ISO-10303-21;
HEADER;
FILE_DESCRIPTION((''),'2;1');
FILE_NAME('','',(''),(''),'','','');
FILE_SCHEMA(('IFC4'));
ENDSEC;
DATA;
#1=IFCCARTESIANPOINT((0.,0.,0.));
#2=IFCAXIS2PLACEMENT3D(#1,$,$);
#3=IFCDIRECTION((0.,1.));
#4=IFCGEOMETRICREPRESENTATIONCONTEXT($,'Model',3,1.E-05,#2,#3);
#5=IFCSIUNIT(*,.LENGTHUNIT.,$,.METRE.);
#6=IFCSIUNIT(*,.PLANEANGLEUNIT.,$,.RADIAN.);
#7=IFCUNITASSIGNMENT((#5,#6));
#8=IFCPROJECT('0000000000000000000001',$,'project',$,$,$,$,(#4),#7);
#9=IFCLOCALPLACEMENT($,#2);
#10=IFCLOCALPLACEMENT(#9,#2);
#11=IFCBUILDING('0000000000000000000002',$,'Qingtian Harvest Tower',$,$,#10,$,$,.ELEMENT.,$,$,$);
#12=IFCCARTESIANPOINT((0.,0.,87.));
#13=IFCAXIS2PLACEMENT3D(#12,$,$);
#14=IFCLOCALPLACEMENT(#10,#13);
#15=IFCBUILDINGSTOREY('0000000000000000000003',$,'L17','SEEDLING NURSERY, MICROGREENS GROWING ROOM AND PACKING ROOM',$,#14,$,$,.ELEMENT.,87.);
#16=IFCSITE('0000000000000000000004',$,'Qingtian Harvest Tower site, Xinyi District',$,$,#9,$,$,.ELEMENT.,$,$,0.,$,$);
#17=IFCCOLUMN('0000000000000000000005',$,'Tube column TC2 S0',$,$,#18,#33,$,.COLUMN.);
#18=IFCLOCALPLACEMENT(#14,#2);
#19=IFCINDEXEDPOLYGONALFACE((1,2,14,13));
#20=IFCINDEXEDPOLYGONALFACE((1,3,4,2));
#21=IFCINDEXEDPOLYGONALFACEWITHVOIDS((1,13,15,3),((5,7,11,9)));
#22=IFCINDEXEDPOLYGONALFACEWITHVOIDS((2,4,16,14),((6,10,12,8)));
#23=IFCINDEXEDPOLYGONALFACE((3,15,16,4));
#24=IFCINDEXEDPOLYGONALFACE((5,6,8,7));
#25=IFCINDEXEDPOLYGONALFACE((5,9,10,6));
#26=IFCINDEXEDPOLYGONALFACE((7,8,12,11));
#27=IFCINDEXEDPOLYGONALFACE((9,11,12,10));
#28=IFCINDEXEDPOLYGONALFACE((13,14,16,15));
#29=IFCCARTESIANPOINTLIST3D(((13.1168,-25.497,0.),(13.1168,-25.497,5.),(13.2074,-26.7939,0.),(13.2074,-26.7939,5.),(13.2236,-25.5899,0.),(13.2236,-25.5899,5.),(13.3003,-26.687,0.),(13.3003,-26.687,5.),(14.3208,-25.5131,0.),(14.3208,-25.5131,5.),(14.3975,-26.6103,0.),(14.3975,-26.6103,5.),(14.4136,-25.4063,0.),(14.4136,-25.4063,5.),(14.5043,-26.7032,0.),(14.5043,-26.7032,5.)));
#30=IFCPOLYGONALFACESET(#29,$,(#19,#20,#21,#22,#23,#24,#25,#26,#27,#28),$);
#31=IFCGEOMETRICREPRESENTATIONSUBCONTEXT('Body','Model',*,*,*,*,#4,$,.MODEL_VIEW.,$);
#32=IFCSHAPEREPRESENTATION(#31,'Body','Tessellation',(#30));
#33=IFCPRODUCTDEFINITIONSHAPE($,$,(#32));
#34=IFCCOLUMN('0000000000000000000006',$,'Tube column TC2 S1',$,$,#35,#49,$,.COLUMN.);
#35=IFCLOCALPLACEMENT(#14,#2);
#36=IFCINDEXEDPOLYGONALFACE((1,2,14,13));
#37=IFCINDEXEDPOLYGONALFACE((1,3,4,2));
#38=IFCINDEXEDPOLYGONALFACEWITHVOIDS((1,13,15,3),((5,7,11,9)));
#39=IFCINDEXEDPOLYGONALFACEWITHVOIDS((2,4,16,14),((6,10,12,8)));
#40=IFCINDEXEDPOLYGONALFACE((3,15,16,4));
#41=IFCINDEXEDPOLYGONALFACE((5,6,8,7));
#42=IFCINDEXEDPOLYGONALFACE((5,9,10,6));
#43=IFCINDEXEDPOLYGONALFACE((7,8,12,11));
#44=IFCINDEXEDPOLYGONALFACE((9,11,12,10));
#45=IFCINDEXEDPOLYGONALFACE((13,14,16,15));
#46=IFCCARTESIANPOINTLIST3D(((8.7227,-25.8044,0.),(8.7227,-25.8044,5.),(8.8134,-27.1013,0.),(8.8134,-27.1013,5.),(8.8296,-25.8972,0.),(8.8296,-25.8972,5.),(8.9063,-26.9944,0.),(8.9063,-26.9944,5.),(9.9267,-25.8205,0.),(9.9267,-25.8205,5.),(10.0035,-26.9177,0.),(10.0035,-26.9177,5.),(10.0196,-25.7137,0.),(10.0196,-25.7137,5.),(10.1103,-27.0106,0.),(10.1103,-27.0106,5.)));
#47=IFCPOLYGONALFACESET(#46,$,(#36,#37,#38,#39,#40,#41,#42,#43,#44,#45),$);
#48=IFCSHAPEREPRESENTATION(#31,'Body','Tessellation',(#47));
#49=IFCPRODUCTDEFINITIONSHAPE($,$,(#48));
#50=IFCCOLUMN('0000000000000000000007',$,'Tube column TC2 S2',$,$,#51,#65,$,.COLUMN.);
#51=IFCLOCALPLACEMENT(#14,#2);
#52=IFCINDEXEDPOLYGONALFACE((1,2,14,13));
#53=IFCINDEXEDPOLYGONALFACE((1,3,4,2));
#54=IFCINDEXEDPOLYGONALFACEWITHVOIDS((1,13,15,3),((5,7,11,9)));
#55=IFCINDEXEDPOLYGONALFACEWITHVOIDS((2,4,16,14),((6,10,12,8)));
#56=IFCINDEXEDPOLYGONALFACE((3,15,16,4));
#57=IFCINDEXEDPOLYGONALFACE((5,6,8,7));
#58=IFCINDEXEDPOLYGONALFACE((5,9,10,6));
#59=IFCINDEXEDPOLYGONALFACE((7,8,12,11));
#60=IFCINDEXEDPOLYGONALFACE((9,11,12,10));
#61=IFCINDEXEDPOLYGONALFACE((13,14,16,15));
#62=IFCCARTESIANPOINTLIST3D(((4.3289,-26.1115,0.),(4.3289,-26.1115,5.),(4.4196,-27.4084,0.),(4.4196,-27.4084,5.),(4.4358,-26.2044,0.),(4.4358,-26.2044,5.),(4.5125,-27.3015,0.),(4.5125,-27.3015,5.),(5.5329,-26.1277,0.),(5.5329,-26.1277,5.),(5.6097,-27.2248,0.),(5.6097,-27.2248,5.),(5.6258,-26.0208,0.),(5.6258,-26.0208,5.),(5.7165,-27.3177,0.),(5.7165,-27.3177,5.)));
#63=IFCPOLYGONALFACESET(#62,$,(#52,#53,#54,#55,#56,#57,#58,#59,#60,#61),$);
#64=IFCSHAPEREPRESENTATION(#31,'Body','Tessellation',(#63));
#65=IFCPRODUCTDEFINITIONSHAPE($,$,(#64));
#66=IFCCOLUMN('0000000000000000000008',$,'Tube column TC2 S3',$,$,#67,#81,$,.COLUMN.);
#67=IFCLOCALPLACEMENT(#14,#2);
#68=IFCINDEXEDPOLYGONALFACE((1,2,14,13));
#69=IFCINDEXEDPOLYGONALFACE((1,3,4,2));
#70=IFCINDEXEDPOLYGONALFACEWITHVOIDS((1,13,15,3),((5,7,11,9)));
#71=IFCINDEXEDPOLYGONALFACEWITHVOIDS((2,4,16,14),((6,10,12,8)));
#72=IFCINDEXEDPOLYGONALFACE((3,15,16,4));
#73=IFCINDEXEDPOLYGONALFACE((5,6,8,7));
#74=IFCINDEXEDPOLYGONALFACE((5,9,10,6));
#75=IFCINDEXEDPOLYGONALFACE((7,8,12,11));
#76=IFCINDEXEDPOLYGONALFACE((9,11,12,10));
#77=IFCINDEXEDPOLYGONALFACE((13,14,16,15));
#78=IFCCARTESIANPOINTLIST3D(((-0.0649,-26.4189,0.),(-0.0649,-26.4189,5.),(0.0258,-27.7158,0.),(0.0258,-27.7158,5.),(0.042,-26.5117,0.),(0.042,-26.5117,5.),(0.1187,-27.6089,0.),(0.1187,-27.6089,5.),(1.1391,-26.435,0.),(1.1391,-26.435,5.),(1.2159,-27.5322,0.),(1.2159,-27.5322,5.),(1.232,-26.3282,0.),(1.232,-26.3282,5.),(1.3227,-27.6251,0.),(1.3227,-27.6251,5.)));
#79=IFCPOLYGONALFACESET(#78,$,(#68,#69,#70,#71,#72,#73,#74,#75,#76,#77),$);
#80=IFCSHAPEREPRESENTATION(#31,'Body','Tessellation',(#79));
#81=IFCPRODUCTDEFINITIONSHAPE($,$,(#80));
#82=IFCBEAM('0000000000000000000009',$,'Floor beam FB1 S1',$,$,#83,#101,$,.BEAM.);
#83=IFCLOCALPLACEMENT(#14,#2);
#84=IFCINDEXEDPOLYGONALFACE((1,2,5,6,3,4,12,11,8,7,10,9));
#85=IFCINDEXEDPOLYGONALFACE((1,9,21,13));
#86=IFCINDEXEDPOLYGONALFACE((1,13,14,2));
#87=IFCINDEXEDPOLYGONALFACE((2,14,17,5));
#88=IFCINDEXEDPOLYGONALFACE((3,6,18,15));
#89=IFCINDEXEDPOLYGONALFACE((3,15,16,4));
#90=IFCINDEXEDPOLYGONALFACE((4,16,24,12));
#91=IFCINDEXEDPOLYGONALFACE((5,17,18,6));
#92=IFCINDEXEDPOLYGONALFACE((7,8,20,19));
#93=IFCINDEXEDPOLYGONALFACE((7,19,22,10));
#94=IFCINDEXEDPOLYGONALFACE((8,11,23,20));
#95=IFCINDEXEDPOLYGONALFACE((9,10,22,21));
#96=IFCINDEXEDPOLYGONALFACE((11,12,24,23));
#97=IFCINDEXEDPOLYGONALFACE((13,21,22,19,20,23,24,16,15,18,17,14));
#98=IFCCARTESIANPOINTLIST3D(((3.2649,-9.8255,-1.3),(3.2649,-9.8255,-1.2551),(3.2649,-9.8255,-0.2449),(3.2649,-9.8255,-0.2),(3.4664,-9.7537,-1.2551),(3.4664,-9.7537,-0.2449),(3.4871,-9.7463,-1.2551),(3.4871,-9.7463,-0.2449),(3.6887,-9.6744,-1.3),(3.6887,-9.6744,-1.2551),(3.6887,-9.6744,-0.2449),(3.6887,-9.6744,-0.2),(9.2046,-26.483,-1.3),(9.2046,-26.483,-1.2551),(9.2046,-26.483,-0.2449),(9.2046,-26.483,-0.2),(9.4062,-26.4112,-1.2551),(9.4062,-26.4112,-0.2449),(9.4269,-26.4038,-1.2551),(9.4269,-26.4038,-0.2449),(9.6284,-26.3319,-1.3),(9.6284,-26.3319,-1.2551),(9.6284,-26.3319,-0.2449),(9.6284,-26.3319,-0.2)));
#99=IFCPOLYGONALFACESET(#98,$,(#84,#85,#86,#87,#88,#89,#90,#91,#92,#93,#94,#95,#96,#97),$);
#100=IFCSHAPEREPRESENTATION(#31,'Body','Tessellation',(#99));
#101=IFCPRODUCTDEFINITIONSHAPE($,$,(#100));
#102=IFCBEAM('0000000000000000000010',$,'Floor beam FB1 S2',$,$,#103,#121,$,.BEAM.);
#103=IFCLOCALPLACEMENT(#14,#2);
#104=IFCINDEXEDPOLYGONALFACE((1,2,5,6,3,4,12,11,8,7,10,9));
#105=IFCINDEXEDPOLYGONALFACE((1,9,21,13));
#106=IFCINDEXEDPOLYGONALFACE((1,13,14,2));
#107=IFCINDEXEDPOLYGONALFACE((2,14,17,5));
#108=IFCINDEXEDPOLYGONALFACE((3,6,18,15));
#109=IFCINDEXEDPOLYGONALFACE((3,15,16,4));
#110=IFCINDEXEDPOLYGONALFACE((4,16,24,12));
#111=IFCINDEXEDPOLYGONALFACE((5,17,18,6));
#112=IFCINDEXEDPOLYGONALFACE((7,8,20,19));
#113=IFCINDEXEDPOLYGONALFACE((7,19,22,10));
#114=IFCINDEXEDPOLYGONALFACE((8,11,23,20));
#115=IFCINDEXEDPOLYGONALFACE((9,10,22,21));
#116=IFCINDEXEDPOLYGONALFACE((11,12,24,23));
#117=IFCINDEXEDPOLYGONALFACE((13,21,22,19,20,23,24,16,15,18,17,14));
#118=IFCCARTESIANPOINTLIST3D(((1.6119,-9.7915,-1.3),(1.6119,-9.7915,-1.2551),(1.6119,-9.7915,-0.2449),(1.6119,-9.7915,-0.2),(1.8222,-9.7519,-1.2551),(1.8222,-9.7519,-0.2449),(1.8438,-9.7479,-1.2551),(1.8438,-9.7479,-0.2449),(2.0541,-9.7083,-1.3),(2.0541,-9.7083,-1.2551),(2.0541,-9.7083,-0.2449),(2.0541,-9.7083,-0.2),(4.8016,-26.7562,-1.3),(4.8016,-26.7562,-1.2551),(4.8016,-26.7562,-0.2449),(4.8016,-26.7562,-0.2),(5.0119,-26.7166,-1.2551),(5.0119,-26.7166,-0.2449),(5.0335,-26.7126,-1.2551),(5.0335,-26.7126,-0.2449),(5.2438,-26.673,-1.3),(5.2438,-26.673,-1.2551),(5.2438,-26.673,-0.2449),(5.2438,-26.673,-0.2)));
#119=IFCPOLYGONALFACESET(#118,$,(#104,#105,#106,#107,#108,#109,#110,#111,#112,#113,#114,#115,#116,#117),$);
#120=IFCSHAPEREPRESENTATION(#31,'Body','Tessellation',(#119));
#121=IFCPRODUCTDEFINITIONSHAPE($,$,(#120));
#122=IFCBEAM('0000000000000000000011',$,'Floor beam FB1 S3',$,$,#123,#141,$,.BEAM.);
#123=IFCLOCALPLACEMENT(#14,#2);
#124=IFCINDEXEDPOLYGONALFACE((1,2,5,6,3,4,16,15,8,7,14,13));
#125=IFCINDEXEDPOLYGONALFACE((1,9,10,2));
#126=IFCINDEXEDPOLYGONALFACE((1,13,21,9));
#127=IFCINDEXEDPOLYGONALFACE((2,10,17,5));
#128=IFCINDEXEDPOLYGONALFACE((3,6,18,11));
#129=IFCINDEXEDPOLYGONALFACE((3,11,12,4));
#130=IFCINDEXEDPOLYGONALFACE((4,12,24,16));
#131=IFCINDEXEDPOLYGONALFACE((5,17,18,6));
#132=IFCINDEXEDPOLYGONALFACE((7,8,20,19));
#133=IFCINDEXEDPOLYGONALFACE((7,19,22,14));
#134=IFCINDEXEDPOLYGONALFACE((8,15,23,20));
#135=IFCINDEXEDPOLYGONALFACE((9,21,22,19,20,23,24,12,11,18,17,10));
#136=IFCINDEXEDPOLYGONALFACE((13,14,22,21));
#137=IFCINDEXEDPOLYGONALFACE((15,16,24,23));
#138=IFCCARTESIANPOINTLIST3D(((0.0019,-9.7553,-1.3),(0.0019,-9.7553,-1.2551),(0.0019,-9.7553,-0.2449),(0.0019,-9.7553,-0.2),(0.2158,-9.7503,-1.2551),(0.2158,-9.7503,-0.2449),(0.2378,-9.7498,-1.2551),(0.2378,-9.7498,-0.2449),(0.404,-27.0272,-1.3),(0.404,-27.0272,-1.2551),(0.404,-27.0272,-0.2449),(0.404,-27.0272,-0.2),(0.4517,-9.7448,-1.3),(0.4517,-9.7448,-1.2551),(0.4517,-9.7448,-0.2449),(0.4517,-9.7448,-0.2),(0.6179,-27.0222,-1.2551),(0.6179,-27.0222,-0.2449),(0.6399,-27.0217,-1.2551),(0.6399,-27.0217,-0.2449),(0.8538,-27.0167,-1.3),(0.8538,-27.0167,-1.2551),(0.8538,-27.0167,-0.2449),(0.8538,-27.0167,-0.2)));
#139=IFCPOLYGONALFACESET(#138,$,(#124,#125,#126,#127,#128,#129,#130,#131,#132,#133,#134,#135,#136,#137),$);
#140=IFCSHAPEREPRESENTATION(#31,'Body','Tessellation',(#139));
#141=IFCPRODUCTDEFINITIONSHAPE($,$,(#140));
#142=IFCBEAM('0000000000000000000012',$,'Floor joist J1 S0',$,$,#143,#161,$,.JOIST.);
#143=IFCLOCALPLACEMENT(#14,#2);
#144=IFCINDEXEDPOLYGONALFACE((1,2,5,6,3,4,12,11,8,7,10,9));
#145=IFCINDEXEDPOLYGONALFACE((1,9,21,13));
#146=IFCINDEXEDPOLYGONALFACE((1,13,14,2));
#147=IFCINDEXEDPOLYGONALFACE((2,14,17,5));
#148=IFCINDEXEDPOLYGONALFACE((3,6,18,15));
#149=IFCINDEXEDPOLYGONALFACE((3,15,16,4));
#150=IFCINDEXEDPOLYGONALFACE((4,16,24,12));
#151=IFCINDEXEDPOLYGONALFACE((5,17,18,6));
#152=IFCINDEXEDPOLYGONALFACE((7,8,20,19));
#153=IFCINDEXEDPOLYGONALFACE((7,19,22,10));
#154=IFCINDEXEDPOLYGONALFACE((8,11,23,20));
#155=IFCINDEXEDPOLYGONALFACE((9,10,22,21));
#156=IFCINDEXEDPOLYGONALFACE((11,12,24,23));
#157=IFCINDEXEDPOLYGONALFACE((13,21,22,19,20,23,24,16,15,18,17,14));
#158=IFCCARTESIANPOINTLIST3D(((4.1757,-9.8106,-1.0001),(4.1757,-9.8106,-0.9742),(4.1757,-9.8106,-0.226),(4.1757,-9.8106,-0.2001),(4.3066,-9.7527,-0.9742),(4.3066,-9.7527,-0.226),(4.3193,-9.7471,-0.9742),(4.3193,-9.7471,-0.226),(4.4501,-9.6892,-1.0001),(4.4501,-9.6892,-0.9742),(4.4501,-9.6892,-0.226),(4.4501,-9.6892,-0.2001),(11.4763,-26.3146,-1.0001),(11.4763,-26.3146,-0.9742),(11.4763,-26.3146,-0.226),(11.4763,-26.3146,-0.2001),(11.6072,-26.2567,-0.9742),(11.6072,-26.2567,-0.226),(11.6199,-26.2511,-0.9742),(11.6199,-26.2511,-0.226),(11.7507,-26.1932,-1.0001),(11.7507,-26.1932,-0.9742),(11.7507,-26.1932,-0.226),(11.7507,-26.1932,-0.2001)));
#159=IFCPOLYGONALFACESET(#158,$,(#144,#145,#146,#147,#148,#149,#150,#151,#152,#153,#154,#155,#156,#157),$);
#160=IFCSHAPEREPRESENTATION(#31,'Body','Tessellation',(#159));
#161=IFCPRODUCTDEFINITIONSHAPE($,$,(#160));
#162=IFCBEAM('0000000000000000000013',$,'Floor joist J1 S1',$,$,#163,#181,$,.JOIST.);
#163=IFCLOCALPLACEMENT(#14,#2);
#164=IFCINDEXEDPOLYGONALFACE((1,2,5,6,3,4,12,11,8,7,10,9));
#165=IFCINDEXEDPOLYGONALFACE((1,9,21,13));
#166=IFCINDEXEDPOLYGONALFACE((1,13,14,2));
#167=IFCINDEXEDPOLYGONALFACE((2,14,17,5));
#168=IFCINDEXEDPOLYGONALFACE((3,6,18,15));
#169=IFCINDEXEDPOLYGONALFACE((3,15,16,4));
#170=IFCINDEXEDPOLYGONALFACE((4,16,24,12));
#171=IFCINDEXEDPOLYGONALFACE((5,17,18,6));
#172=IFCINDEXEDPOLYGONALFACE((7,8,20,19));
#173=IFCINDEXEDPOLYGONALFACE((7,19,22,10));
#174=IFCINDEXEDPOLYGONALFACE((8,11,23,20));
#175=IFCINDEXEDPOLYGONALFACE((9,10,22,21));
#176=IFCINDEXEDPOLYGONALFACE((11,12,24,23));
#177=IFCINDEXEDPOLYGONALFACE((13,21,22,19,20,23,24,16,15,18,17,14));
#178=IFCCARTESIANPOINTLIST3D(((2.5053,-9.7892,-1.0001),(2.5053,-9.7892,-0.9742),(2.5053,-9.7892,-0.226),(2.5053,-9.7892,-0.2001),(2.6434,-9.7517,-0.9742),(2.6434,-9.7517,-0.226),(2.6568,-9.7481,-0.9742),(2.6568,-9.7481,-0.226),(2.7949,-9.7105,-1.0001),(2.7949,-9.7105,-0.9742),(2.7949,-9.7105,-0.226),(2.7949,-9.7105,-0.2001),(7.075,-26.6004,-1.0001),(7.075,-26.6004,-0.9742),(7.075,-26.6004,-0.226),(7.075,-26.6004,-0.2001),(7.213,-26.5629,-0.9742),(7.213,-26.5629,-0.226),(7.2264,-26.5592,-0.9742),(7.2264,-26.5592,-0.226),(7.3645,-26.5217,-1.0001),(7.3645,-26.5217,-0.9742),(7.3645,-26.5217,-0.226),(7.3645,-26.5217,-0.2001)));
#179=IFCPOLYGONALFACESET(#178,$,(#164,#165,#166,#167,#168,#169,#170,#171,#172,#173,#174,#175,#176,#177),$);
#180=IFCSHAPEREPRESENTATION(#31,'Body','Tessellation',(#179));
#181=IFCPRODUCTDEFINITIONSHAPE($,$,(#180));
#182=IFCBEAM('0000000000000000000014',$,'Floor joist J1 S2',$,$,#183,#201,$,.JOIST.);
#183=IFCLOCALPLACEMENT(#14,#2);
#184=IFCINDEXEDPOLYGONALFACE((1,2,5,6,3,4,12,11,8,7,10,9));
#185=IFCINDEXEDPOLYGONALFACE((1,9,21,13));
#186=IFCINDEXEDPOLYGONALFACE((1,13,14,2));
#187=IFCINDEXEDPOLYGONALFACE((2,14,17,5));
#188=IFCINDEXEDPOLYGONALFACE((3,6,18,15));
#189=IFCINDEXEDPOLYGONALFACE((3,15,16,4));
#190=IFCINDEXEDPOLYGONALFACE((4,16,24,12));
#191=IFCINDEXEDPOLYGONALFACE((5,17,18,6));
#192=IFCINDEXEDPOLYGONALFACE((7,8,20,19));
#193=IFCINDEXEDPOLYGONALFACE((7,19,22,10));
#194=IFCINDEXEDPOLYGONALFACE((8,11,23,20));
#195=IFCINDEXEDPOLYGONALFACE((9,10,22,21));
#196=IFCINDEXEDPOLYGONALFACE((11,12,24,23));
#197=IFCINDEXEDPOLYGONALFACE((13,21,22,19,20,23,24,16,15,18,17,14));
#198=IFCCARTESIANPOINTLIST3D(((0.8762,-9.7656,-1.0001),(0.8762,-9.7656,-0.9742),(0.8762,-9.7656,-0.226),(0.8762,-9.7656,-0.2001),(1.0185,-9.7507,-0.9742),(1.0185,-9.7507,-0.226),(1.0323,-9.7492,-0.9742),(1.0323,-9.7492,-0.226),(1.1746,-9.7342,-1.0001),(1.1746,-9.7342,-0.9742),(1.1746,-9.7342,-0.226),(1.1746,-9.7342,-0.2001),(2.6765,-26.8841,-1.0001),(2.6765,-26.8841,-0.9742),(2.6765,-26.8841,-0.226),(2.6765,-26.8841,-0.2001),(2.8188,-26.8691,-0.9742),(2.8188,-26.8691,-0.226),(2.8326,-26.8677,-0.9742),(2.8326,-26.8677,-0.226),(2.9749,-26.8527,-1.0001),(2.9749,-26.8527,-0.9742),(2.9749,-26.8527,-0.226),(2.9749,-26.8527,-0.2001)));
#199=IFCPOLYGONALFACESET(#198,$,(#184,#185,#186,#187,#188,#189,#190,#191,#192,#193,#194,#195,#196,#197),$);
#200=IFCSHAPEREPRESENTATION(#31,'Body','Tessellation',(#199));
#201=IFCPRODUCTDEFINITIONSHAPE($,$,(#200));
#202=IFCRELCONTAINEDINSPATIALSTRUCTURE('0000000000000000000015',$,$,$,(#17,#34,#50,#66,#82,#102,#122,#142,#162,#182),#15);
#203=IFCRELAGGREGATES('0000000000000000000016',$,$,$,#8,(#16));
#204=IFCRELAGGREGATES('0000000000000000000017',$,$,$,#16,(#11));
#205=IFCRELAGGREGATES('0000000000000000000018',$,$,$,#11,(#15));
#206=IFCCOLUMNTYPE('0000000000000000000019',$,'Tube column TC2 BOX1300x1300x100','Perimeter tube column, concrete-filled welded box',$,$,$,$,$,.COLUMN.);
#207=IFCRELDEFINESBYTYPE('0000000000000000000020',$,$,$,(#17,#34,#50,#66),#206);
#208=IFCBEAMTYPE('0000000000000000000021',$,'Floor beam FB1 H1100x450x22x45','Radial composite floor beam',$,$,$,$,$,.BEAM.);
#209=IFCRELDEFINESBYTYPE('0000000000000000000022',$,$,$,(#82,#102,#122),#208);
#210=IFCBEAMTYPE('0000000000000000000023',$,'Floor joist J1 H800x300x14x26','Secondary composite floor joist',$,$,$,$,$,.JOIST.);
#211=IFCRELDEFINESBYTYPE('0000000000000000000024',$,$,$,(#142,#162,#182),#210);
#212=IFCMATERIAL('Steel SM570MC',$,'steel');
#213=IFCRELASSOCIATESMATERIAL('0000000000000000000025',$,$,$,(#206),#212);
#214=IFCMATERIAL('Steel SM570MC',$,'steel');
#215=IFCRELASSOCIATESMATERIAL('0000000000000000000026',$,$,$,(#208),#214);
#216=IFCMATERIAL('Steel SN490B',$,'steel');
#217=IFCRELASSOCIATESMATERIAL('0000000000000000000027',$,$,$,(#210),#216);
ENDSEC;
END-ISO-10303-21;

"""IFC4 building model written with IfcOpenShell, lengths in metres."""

from ifc_helpers import new_model, si_unit, direction, frame, origin, origin_2d, place, context, subcontext, project, spatial, hollow_rectangle, i_section, extrude, material, material_profile, profile_set, type_object, element, save


model = new_model("IFC4")

# Units and contexts
model_context = context("Model", 3, precision=1e-05, world=origin(), true_north=direction((0.0, 1.0)))
body_context = subcontext(model_context, "Body", "Model", "MODEL_VIEW")
ifc_project = project(units=[si_unit("LENGTHUNIT", "METRE"), si_unit("PLANEANGLEUNIT", "RADIAN")], contexts=[model_context])

# Site, building, storey
site_placement = place(None, origin())
site = spatial("IfcSite", under=ifc_project, at=site_placement, Name="Qingtian Harvest Tower site, Xinyi District", CompositionType="ELEMENT", RefElevation=0.0)
building_placement = place(site_placement, origin())
building = spatial("IfcBuilding", under=site, at=building_placement, Name="Qingtian Harvest Tower", CompositionType="ELEMENT")
storey_placement = place(building_placement, frame((0.0, 0.0, 87.0)))
storey = spatial("IfcBuildingStorey", under=building, at=storey_placement, Name="L17", Description="SEEDLING NURSERY, MICROGREENS GROWING ROOM AND PACKING ROOM", CompositionType="ELEMENT", Elevation=87.0)

# Columns
ifc_material_1 = material(Name="Steel SM570MC", Category="steel")
ifc_material_profile_1 = material_profile(ifc_material_1, hollow_rectangle(XDim=1.3, YDim=1.3, WallThickness=0.1001, at=origin_2d()), Name="BOX1300x1300x100")
ifc_profile_set_1 = profile_set([ifc_material_profile_1], Name="Steel SM570MC")
column_type = type_object("IfcColumnType", Name="Tube column TC2 BOX1300x1300x100", Description="Perimeter tube column, concrete-filled welded box", PredefinedType="COLUMN", material=ifc_profile_set_1)
for number, where, z_axis, x_axis, name in (
    (1, (13.8105, -26.1001, 0.0), (0.0, 0.0, 1.0), (0.997564, 0.069756, 0.0), "Tube column TC2 S0"),
    (2, (9.4165, -26.4075, 0.0), (0.0, 0.0, 1.0), (0.997564, 0.069756, 0.0), "Tube column TC2 S1"),
    (3, (5.0227, -26.7146, 0.0), (0.0, 0.0, 1.0), (0.997564, 0.069756, 0.0), "Tube column TC2 S2"),
    (4, (0.6289, -27.022, 0.0), (0.0, 0.0, 1.0), (0.997564, 0.069756, 0.0), "Tube column TC2 S3"),
):
    element("IfcColumn", number, at=place(storey_placement, frame(where, z_axis=z_axis, x_axis=x_axis)), inside=storey, type_object=column_type, Name=name, PredefinedType="COLUMN", context=body_context, shape_type="SweptSolid", body=[
        extrude(hollow_rectangle(XDim=1.3, YDim=1.3, WallThickness=0.1001, at=origin_2d()), origin(), (0.0, 0.0, 1.0), 5.0),
    ])

# Beams
ifc_material_2 = material(Name="Steel SM570MC", Category="steel")
ifc_material_profile_2 = material_profile(ifc_material_2, i_section(OverallWidth=0.45, OverallDepth=1.1001, WebThickness=0.022, FlangeThickness=0.0449, at=origin_2d()), Name="H1100x450x22x45")
ifc_profile_set_2 = profile_set([ifc_material_profile_2], Name="Steel SM570MC")
beam_type_1 = type_object("IfcBeamType", Name="Floor beam FB1 H1100x450x22x45", Description="Radial composite floor beam", PredefinedType="BEAM", material=ifc_profile_set_2)
beam_1_placement = place(storey_placement, frame((9.4165, -26.4075, -0.75), z_axis=(-0.335865, 0.94191, 0.0), x_axis=(-0.94191, -0.335865, 0.0)))
element("IfcBeam", 5, at=beam_1_placement, inside=storey, type_object=beam_type_1, Name="Floor beam FB1 S1", PredefinedType="BEAM", context=body_context, shape_type="SweptSolid", body=[
    extrude(i_section(OverallWidth=0.45, OverallDepth=1.1001, WebThickness=0.022, FlangeThickness=0.0449, at=origin_2d()), origin(), (0.0, 0.0, 1.0), 17.6848),
])
beam_2_placement = place(storey_placement, frame((5.0227, -26.7146, -0.75), z_axis=(-0.184783, 0.982779, 0.0), x_axis=(-0.982779, -0.184783, 0.0)))
element("IfcBeam", 6, at=beam_2_placement, inside=storey, type_object=beam_type_1, Name="Floor beam FB1 S2", PredefinedType="BEAM", context=body_context, shape_type="SweptSolid", body=[
    extrude(i_section(OverallWidth=0.45, OverallDepth=1.1001, WebThickness=0.022, FlangeThickness=0.0449, at=origin_2d()), origin(), (0.0, 0.0, 1.0), 17.262),
])
beam_3_placement = place(storey_placement, frame((0.6289, -27.022, -0.75), z_axis=(-0.023274, 0.999729, 0.0), x_axis=(-0.999729, -0.023274, 0.0)))
element("IfcBeam", 7, at=beam_3_placement, inside=storey, type_object=beam_type_1, Name="Floor beam FB1 S3", PredefinedType="BEAM", context=body_context, shape_type="SweptSolid", body=[
    extrude(i_section(OverallWidth=0.45, OverallDepth=1.1001, WebThickness=0.022, FlangeThickness=0.0449, at=origin_2d()), origin(), (0.0, 0.0, 1.0), 17.2766),
])
ifc_material_3 = material(Name="Steel SN490B", Category="steel")
ifc_material_profile_3 = material_profile(ifc_material_3, i_section(OverallWidth=0.3, OverallDepth=0.8, WebThickness=0.0139, FlangeThickness=0.0259, at=origin_2d()), Name="H800x300x14x26")
ifc_profile_set_3 = profile_set([ifc_material_profile_3], Name="Steel SN490B")
beam_type_2 = type_object("IfcBeamType", Name="Floor joist J1 H800x300x14x26", Description="Secondary composite floor joist", PredefinedType="JOIST", material=ifc_profile_set_3)
beam_4_placement = place(storey_placement, frame((11.6135, -26.2539, -0.6001), z_axis=(-0.40454, 0.91452, 0.0), x_axis=(-0.91452, -0.40454, 0.0)))
element("IfcBeam", 8, at=beam_4_placement, inside=storey, type_object=beam_type_2, Name="Floor joist J1 S0", PredefinedType="JOIST", context=body_context, shape_type="SweptSolid", body=[
    extrude(i_section(OverallWidth=0.3, OverallDepth=0.8, WebThickness=0.0139, FlangeThickness=0.0259, at=origin_2d()), origin(), (0.0, 0.0, 1.0), 18.0466),
])
beam_5_placement = place(storey_placement, frame((7.2197, -26.561, -0.6001), z_axis=(-0.262303, 0.964986, 0.0), x_axis=(-0.964986, -0.262303, 0.0)))
element("IfcBeam", 9, at=beam_5_placement, inside=storey, type_object=beam_type_2, Name="Floor joist J1 S1", PredefinedType="JOIST", context=body_context, shape_type="SweptSolid", body=[
    extrude(i_section(OverallWidth=0.3, OverallDepth=0.8, WebThickness=0.0139, FlangeThickness=0.0259, at=origin_2d()), origin(), (0.0, 0.0, 1.0), 17.4211),
])
beam_6_placement = place(storey_placement, frame((2.8257, -26.8684, -0.6001), z_axis=(-0.10459, 0.994515, 0.0), x_axis=(-0.994515, -0.10459, 0.0)))
element("IfcBeam", 10, at=beam_6_placement, inside=storey, type_object=beam_type_2, Name="Floor joist J1 S2", PredefinedType="JOIST", context=body_context, shape_type="SweptSolid", body=[
    extrude(i_section(OverallWidth=0.3, OverallDepth=0.8, WebThickness=0.0139, FlangeThickness=0.0259, at=origin_2d()), origin(), (0.0, 0.0, 1.0), 17.2129),
])

save(model, "model.ifc")
